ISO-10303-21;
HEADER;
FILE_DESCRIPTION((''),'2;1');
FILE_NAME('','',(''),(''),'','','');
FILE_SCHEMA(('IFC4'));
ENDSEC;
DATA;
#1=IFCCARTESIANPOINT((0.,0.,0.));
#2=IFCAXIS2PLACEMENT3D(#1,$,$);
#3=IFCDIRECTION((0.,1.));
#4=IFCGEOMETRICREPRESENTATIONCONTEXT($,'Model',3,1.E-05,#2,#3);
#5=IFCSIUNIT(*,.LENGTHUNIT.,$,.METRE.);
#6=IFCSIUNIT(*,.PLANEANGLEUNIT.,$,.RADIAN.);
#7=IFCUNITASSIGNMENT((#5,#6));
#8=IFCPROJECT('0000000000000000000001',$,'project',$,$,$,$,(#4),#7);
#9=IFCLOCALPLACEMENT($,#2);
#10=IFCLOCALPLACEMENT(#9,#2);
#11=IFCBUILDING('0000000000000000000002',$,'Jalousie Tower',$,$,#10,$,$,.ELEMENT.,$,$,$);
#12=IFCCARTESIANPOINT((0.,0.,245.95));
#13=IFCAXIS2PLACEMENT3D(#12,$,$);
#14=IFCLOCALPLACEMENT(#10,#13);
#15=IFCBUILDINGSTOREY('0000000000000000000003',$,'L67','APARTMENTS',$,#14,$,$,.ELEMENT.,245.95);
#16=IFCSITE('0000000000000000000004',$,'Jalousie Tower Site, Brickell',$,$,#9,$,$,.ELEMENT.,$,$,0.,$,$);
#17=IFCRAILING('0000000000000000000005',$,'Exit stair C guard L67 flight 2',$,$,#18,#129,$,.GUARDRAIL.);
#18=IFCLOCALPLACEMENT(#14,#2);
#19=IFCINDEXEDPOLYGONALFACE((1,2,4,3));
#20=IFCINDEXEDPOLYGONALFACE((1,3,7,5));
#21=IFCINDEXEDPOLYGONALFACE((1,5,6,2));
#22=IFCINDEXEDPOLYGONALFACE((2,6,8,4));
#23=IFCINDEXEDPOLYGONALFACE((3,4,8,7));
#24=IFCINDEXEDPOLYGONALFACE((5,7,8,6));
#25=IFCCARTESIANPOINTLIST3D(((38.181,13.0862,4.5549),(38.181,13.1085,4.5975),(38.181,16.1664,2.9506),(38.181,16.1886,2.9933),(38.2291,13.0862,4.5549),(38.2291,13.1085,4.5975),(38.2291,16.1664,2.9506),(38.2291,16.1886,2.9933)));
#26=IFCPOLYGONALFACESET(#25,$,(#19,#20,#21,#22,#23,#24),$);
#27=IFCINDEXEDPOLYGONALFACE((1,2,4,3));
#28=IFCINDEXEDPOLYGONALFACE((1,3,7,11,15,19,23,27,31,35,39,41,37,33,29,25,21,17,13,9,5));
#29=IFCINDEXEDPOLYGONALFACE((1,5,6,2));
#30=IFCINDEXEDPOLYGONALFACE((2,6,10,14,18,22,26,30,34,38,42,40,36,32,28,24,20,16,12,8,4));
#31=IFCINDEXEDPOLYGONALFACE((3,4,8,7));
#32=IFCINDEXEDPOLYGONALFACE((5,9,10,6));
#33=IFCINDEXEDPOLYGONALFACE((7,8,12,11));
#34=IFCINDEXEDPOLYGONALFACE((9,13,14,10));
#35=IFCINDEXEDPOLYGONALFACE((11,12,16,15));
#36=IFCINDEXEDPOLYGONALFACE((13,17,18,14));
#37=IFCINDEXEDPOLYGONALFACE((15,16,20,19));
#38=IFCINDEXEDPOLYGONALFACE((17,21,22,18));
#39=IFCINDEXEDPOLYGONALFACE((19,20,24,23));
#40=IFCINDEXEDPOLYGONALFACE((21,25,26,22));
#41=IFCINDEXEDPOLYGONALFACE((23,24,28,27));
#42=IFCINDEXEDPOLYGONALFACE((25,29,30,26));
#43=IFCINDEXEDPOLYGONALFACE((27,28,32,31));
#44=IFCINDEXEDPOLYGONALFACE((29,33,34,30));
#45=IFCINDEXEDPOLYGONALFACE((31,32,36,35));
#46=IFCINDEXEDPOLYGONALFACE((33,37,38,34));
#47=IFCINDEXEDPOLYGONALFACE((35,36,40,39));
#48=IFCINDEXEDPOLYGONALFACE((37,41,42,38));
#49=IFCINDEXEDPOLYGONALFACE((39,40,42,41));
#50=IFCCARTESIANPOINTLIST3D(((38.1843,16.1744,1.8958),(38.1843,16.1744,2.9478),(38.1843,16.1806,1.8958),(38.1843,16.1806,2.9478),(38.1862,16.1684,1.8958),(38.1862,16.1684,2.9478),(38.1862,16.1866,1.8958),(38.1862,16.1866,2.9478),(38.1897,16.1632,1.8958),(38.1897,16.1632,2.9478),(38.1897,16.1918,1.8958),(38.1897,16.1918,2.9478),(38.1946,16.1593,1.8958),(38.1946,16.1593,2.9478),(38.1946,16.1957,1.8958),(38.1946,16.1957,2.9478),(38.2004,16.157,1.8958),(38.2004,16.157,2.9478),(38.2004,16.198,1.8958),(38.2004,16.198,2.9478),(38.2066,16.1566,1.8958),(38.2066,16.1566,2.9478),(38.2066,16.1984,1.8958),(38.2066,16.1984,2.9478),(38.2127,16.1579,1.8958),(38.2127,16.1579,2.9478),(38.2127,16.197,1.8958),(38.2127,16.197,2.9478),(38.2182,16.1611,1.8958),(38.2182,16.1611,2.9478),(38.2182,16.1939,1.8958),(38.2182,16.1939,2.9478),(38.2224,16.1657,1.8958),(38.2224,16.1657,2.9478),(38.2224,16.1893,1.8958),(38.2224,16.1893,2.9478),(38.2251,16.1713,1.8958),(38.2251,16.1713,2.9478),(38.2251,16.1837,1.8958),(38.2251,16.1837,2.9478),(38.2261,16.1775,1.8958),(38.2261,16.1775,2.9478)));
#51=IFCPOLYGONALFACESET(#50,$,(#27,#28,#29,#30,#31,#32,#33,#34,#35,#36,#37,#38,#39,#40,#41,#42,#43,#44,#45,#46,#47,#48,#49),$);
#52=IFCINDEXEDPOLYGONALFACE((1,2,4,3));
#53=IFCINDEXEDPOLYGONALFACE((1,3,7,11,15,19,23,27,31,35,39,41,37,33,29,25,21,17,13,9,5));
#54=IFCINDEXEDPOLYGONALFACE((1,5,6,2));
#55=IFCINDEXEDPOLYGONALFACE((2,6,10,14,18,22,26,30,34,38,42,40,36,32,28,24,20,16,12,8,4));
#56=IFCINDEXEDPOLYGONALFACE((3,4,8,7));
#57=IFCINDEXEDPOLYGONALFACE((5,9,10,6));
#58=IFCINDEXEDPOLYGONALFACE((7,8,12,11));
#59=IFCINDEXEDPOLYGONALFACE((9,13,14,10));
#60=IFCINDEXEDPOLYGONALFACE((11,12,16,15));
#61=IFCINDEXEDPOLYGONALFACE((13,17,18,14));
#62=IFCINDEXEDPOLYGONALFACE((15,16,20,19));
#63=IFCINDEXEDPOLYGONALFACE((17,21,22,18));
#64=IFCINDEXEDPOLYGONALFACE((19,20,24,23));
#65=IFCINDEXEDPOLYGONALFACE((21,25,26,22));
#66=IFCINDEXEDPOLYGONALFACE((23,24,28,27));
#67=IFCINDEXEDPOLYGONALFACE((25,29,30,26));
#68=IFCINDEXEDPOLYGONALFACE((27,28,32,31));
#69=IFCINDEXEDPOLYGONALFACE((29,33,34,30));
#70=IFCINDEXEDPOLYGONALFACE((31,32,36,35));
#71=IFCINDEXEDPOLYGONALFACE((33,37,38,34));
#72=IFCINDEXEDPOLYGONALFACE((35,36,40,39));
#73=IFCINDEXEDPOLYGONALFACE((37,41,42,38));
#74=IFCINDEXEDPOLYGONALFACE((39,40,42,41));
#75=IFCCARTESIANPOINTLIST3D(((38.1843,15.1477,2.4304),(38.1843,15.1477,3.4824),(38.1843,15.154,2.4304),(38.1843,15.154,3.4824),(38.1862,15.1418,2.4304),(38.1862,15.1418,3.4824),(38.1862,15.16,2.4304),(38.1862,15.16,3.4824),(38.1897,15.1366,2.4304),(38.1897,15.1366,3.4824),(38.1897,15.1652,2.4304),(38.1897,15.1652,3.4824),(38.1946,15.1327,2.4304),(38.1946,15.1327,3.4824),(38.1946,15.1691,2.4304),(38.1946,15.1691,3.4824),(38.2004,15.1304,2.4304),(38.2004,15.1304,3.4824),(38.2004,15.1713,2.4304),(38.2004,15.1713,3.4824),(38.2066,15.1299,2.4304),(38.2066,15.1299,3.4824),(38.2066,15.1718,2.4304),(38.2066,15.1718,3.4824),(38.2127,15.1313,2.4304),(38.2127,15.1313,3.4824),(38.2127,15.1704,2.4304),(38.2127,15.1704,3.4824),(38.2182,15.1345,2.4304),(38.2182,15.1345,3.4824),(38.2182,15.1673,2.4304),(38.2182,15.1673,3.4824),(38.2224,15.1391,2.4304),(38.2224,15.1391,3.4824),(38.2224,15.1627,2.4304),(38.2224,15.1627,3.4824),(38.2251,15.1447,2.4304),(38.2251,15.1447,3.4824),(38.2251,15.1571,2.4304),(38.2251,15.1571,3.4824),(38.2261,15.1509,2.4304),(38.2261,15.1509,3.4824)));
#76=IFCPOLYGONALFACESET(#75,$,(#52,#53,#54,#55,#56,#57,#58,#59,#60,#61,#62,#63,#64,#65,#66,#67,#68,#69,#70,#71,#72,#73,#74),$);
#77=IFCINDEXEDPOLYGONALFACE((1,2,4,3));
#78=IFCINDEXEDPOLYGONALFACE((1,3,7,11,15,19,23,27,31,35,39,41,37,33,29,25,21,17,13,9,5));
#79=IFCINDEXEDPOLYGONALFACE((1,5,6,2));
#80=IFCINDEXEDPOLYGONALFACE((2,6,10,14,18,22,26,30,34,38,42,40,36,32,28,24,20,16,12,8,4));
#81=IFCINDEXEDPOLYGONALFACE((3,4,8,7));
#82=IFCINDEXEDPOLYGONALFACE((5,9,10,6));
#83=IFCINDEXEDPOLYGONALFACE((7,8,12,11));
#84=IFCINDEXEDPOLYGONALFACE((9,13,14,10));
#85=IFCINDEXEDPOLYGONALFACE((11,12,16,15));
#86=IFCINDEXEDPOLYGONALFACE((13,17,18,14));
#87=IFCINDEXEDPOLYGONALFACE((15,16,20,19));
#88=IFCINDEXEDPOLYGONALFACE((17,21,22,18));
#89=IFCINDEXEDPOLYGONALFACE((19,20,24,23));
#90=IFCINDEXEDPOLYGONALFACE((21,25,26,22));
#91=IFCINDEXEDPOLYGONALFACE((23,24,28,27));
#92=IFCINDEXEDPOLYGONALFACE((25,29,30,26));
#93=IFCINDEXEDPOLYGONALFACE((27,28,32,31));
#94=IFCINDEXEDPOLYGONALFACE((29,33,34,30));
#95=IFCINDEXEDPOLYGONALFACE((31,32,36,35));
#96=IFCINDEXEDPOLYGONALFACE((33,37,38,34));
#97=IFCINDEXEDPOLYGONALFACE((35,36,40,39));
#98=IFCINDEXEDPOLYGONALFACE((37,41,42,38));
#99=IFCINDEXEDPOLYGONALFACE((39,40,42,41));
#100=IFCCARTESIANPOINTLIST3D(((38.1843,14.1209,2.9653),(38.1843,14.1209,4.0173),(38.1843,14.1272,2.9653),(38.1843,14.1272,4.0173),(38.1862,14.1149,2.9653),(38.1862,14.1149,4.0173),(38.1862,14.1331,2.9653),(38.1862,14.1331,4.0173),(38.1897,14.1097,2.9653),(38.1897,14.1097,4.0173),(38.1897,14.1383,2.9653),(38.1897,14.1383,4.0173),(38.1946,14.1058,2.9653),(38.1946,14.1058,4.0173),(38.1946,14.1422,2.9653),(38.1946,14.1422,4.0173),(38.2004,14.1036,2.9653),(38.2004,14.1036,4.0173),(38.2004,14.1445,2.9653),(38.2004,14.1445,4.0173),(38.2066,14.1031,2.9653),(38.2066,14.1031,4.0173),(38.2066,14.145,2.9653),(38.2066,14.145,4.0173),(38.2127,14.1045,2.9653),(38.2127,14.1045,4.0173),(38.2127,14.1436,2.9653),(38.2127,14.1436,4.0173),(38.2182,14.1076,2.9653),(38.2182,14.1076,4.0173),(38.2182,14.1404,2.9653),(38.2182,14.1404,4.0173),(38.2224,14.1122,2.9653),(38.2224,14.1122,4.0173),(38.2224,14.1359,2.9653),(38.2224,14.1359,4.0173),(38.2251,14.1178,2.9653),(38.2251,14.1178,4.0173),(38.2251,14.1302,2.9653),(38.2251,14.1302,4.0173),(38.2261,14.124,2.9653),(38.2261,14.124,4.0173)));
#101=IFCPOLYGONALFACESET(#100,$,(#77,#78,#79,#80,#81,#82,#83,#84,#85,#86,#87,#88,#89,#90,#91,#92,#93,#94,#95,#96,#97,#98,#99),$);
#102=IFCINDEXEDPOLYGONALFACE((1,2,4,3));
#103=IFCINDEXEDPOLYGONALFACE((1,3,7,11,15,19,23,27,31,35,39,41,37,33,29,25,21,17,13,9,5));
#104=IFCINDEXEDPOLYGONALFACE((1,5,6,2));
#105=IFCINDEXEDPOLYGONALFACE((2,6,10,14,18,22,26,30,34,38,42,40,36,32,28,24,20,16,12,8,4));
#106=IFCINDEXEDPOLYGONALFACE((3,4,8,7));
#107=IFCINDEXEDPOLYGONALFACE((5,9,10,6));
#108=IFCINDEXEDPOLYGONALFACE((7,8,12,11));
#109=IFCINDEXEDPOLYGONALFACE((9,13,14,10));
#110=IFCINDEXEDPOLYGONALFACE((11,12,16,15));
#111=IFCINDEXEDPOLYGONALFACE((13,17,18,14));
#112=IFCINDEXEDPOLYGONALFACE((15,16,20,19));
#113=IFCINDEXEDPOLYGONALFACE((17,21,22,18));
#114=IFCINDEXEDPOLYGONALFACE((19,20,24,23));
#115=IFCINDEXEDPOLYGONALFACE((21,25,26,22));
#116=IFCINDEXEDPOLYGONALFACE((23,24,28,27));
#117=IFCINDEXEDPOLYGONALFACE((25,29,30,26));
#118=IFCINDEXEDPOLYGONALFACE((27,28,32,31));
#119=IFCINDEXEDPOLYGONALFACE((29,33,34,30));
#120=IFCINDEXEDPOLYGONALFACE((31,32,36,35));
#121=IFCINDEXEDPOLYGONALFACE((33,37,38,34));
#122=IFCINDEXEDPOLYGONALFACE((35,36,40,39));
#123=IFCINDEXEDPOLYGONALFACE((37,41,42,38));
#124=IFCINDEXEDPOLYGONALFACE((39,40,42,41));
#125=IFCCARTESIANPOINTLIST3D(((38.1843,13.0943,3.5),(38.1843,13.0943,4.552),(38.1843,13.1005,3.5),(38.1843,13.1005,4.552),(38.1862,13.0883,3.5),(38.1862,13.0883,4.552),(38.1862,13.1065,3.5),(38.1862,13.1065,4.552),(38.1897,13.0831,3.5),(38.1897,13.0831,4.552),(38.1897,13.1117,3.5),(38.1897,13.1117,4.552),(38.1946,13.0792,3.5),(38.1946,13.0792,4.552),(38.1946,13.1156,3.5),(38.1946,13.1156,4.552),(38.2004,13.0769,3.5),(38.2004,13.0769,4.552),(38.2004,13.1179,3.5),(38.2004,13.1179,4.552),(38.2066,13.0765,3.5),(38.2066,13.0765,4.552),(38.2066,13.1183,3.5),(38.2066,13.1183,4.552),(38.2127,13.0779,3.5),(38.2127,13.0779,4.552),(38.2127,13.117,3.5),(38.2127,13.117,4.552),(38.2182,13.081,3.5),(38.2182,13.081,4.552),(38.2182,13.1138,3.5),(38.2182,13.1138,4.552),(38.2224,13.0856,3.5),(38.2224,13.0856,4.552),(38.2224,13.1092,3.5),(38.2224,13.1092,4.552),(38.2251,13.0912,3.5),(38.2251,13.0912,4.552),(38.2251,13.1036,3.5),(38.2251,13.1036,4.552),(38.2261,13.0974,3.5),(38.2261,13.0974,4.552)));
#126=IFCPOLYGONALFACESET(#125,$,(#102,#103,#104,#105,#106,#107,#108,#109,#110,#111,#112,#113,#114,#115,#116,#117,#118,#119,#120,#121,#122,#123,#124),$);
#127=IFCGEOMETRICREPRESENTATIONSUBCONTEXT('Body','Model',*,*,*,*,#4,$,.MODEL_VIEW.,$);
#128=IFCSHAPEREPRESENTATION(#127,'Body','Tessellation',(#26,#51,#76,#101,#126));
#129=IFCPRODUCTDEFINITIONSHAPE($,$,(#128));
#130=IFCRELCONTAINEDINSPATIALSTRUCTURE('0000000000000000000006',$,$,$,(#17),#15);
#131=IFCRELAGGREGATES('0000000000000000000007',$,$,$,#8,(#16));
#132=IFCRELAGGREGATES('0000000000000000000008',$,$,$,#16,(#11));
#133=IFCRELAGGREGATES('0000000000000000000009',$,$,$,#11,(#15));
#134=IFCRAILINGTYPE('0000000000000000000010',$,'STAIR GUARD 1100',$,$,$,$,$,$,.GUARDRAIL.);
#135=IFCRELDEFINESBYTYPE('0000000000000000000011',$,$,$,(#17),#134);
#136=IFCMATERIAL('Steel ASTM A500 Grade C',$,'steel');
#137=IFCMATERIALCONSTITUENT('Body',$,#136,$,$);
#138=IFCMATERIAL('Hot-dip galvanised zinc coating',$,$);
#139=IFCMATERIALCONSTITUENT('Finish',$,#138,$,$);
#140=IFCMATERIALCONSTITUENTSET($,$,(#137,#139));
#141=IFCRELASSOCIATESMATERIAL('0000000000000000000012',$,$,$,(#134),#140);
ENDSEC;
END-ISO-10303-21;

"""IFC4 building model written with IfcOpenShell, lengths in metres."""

from ifc_helpers import new_model, si_unit, direction, frame, origin, origin_2d, place, context, subcontext, project, spatial, rectangle, circle, extrude, material, constituent, constituent_set, type_object, element, save


model = new_model("IFC4")

# Units and contexts
model_context = context("Model", 3, precision=1e-05, world=origin(), true_north=direction((0.0, 1.0)))
body_context = subcontext(model_context, "Body", "Model", "MODEL_VIEW")
ifc_project = project(units=[si_unit("LENGTHUNIT", "METRE"), si_unit("PLANEANGLEUNIT", "RADIAN")], contexts=[model_context])

# Site, building, storey
site_placement = place(None, origin())
site = spatial("IfcSite", under=ifc_project, at=site_placement, Name="Jalousie Tower Site, Brickell", CompositionType="ELEMENT", RefElevation=0.0)
building_placement = place(site_placement, origin())
building = spatial("IfcBuilding", under=site, at=building_placement, Name="Jalousie Tower", CompositionType="ELEMENT")
storey_placement = place(building_placement, frame((0.0, 0.0, 245.95)))
storey = spatial("IfcBuildingStorey", under=building, at=storey_placement, Name="L67", Description="APARTMENTS", CompositionType="ELEMENT", Elevation=245.95)

# Railing
ifc_material_1 = material(Name="Steel ASTM A500 Grade C", Category="steel")
ifc_constituent_1 = constituent(ifc_material_1, Name="Body")
ifc_material_2 = material(Name="Hot-dip galvanised zinc coating")
ifc_constituent_2 = constituent(ifc_material_2, Name="Finish")
ifc_constituent_set_1 = constituent_set(constituents=[ifc_constituent_1, ifc_constituent_2])
railing_type_1 = type_object("IfcRailingType", Name="STAIR GUARD 1100", PredefinedType="GUARDRAIL", material=ifc_constituent_set_1)
railing_1_placement = place(storey_placement, frame((38.2051, 16.1775, 1.8958)))
element("IfcRailing", 1, at=railing_1_placement, inside=storey, type_object=railing_type_1, Name="Exit stair C guard L67 flight 2", PredefinedType="GUARDRAIL", context=body_context, shape_type="SweptSolid", body=[
    extrude(rectangle(XDim=0.0481, YDim=0.0481, at=origin_2d()), frame((0.0, 0.0, 1.0762), z_axis=(0.0, -0.886909, 0.461944), x_axis=(1.0, 0.0, 0.0)), (0.0, 0.0, 1.0), 3.4729),
    extrude(circle(Radius=0.021, at=origin_2d()), origin(), (0.0, 0.0, 1.0), 1.052),
    extrude(circle(Radius=0.021, at=origin_2d()), frame((0.0, -1.0266, 0.5347)), (0.0, 0.0, 1.0), 1.052),
    extrude(circle(Radius=0.021, at=origin_2d()), frame((0.0, -2.0535, 1.0696)), (0.0, 0.0, 1.0), 1.052),
    extrude(circle(Radius=0.021, at=origin_2d()), frame((0.0, -3.0801, 1.6042)), (0.0, 0.0, 1.0), 1.052),
])

save(model, "model.ifc")
